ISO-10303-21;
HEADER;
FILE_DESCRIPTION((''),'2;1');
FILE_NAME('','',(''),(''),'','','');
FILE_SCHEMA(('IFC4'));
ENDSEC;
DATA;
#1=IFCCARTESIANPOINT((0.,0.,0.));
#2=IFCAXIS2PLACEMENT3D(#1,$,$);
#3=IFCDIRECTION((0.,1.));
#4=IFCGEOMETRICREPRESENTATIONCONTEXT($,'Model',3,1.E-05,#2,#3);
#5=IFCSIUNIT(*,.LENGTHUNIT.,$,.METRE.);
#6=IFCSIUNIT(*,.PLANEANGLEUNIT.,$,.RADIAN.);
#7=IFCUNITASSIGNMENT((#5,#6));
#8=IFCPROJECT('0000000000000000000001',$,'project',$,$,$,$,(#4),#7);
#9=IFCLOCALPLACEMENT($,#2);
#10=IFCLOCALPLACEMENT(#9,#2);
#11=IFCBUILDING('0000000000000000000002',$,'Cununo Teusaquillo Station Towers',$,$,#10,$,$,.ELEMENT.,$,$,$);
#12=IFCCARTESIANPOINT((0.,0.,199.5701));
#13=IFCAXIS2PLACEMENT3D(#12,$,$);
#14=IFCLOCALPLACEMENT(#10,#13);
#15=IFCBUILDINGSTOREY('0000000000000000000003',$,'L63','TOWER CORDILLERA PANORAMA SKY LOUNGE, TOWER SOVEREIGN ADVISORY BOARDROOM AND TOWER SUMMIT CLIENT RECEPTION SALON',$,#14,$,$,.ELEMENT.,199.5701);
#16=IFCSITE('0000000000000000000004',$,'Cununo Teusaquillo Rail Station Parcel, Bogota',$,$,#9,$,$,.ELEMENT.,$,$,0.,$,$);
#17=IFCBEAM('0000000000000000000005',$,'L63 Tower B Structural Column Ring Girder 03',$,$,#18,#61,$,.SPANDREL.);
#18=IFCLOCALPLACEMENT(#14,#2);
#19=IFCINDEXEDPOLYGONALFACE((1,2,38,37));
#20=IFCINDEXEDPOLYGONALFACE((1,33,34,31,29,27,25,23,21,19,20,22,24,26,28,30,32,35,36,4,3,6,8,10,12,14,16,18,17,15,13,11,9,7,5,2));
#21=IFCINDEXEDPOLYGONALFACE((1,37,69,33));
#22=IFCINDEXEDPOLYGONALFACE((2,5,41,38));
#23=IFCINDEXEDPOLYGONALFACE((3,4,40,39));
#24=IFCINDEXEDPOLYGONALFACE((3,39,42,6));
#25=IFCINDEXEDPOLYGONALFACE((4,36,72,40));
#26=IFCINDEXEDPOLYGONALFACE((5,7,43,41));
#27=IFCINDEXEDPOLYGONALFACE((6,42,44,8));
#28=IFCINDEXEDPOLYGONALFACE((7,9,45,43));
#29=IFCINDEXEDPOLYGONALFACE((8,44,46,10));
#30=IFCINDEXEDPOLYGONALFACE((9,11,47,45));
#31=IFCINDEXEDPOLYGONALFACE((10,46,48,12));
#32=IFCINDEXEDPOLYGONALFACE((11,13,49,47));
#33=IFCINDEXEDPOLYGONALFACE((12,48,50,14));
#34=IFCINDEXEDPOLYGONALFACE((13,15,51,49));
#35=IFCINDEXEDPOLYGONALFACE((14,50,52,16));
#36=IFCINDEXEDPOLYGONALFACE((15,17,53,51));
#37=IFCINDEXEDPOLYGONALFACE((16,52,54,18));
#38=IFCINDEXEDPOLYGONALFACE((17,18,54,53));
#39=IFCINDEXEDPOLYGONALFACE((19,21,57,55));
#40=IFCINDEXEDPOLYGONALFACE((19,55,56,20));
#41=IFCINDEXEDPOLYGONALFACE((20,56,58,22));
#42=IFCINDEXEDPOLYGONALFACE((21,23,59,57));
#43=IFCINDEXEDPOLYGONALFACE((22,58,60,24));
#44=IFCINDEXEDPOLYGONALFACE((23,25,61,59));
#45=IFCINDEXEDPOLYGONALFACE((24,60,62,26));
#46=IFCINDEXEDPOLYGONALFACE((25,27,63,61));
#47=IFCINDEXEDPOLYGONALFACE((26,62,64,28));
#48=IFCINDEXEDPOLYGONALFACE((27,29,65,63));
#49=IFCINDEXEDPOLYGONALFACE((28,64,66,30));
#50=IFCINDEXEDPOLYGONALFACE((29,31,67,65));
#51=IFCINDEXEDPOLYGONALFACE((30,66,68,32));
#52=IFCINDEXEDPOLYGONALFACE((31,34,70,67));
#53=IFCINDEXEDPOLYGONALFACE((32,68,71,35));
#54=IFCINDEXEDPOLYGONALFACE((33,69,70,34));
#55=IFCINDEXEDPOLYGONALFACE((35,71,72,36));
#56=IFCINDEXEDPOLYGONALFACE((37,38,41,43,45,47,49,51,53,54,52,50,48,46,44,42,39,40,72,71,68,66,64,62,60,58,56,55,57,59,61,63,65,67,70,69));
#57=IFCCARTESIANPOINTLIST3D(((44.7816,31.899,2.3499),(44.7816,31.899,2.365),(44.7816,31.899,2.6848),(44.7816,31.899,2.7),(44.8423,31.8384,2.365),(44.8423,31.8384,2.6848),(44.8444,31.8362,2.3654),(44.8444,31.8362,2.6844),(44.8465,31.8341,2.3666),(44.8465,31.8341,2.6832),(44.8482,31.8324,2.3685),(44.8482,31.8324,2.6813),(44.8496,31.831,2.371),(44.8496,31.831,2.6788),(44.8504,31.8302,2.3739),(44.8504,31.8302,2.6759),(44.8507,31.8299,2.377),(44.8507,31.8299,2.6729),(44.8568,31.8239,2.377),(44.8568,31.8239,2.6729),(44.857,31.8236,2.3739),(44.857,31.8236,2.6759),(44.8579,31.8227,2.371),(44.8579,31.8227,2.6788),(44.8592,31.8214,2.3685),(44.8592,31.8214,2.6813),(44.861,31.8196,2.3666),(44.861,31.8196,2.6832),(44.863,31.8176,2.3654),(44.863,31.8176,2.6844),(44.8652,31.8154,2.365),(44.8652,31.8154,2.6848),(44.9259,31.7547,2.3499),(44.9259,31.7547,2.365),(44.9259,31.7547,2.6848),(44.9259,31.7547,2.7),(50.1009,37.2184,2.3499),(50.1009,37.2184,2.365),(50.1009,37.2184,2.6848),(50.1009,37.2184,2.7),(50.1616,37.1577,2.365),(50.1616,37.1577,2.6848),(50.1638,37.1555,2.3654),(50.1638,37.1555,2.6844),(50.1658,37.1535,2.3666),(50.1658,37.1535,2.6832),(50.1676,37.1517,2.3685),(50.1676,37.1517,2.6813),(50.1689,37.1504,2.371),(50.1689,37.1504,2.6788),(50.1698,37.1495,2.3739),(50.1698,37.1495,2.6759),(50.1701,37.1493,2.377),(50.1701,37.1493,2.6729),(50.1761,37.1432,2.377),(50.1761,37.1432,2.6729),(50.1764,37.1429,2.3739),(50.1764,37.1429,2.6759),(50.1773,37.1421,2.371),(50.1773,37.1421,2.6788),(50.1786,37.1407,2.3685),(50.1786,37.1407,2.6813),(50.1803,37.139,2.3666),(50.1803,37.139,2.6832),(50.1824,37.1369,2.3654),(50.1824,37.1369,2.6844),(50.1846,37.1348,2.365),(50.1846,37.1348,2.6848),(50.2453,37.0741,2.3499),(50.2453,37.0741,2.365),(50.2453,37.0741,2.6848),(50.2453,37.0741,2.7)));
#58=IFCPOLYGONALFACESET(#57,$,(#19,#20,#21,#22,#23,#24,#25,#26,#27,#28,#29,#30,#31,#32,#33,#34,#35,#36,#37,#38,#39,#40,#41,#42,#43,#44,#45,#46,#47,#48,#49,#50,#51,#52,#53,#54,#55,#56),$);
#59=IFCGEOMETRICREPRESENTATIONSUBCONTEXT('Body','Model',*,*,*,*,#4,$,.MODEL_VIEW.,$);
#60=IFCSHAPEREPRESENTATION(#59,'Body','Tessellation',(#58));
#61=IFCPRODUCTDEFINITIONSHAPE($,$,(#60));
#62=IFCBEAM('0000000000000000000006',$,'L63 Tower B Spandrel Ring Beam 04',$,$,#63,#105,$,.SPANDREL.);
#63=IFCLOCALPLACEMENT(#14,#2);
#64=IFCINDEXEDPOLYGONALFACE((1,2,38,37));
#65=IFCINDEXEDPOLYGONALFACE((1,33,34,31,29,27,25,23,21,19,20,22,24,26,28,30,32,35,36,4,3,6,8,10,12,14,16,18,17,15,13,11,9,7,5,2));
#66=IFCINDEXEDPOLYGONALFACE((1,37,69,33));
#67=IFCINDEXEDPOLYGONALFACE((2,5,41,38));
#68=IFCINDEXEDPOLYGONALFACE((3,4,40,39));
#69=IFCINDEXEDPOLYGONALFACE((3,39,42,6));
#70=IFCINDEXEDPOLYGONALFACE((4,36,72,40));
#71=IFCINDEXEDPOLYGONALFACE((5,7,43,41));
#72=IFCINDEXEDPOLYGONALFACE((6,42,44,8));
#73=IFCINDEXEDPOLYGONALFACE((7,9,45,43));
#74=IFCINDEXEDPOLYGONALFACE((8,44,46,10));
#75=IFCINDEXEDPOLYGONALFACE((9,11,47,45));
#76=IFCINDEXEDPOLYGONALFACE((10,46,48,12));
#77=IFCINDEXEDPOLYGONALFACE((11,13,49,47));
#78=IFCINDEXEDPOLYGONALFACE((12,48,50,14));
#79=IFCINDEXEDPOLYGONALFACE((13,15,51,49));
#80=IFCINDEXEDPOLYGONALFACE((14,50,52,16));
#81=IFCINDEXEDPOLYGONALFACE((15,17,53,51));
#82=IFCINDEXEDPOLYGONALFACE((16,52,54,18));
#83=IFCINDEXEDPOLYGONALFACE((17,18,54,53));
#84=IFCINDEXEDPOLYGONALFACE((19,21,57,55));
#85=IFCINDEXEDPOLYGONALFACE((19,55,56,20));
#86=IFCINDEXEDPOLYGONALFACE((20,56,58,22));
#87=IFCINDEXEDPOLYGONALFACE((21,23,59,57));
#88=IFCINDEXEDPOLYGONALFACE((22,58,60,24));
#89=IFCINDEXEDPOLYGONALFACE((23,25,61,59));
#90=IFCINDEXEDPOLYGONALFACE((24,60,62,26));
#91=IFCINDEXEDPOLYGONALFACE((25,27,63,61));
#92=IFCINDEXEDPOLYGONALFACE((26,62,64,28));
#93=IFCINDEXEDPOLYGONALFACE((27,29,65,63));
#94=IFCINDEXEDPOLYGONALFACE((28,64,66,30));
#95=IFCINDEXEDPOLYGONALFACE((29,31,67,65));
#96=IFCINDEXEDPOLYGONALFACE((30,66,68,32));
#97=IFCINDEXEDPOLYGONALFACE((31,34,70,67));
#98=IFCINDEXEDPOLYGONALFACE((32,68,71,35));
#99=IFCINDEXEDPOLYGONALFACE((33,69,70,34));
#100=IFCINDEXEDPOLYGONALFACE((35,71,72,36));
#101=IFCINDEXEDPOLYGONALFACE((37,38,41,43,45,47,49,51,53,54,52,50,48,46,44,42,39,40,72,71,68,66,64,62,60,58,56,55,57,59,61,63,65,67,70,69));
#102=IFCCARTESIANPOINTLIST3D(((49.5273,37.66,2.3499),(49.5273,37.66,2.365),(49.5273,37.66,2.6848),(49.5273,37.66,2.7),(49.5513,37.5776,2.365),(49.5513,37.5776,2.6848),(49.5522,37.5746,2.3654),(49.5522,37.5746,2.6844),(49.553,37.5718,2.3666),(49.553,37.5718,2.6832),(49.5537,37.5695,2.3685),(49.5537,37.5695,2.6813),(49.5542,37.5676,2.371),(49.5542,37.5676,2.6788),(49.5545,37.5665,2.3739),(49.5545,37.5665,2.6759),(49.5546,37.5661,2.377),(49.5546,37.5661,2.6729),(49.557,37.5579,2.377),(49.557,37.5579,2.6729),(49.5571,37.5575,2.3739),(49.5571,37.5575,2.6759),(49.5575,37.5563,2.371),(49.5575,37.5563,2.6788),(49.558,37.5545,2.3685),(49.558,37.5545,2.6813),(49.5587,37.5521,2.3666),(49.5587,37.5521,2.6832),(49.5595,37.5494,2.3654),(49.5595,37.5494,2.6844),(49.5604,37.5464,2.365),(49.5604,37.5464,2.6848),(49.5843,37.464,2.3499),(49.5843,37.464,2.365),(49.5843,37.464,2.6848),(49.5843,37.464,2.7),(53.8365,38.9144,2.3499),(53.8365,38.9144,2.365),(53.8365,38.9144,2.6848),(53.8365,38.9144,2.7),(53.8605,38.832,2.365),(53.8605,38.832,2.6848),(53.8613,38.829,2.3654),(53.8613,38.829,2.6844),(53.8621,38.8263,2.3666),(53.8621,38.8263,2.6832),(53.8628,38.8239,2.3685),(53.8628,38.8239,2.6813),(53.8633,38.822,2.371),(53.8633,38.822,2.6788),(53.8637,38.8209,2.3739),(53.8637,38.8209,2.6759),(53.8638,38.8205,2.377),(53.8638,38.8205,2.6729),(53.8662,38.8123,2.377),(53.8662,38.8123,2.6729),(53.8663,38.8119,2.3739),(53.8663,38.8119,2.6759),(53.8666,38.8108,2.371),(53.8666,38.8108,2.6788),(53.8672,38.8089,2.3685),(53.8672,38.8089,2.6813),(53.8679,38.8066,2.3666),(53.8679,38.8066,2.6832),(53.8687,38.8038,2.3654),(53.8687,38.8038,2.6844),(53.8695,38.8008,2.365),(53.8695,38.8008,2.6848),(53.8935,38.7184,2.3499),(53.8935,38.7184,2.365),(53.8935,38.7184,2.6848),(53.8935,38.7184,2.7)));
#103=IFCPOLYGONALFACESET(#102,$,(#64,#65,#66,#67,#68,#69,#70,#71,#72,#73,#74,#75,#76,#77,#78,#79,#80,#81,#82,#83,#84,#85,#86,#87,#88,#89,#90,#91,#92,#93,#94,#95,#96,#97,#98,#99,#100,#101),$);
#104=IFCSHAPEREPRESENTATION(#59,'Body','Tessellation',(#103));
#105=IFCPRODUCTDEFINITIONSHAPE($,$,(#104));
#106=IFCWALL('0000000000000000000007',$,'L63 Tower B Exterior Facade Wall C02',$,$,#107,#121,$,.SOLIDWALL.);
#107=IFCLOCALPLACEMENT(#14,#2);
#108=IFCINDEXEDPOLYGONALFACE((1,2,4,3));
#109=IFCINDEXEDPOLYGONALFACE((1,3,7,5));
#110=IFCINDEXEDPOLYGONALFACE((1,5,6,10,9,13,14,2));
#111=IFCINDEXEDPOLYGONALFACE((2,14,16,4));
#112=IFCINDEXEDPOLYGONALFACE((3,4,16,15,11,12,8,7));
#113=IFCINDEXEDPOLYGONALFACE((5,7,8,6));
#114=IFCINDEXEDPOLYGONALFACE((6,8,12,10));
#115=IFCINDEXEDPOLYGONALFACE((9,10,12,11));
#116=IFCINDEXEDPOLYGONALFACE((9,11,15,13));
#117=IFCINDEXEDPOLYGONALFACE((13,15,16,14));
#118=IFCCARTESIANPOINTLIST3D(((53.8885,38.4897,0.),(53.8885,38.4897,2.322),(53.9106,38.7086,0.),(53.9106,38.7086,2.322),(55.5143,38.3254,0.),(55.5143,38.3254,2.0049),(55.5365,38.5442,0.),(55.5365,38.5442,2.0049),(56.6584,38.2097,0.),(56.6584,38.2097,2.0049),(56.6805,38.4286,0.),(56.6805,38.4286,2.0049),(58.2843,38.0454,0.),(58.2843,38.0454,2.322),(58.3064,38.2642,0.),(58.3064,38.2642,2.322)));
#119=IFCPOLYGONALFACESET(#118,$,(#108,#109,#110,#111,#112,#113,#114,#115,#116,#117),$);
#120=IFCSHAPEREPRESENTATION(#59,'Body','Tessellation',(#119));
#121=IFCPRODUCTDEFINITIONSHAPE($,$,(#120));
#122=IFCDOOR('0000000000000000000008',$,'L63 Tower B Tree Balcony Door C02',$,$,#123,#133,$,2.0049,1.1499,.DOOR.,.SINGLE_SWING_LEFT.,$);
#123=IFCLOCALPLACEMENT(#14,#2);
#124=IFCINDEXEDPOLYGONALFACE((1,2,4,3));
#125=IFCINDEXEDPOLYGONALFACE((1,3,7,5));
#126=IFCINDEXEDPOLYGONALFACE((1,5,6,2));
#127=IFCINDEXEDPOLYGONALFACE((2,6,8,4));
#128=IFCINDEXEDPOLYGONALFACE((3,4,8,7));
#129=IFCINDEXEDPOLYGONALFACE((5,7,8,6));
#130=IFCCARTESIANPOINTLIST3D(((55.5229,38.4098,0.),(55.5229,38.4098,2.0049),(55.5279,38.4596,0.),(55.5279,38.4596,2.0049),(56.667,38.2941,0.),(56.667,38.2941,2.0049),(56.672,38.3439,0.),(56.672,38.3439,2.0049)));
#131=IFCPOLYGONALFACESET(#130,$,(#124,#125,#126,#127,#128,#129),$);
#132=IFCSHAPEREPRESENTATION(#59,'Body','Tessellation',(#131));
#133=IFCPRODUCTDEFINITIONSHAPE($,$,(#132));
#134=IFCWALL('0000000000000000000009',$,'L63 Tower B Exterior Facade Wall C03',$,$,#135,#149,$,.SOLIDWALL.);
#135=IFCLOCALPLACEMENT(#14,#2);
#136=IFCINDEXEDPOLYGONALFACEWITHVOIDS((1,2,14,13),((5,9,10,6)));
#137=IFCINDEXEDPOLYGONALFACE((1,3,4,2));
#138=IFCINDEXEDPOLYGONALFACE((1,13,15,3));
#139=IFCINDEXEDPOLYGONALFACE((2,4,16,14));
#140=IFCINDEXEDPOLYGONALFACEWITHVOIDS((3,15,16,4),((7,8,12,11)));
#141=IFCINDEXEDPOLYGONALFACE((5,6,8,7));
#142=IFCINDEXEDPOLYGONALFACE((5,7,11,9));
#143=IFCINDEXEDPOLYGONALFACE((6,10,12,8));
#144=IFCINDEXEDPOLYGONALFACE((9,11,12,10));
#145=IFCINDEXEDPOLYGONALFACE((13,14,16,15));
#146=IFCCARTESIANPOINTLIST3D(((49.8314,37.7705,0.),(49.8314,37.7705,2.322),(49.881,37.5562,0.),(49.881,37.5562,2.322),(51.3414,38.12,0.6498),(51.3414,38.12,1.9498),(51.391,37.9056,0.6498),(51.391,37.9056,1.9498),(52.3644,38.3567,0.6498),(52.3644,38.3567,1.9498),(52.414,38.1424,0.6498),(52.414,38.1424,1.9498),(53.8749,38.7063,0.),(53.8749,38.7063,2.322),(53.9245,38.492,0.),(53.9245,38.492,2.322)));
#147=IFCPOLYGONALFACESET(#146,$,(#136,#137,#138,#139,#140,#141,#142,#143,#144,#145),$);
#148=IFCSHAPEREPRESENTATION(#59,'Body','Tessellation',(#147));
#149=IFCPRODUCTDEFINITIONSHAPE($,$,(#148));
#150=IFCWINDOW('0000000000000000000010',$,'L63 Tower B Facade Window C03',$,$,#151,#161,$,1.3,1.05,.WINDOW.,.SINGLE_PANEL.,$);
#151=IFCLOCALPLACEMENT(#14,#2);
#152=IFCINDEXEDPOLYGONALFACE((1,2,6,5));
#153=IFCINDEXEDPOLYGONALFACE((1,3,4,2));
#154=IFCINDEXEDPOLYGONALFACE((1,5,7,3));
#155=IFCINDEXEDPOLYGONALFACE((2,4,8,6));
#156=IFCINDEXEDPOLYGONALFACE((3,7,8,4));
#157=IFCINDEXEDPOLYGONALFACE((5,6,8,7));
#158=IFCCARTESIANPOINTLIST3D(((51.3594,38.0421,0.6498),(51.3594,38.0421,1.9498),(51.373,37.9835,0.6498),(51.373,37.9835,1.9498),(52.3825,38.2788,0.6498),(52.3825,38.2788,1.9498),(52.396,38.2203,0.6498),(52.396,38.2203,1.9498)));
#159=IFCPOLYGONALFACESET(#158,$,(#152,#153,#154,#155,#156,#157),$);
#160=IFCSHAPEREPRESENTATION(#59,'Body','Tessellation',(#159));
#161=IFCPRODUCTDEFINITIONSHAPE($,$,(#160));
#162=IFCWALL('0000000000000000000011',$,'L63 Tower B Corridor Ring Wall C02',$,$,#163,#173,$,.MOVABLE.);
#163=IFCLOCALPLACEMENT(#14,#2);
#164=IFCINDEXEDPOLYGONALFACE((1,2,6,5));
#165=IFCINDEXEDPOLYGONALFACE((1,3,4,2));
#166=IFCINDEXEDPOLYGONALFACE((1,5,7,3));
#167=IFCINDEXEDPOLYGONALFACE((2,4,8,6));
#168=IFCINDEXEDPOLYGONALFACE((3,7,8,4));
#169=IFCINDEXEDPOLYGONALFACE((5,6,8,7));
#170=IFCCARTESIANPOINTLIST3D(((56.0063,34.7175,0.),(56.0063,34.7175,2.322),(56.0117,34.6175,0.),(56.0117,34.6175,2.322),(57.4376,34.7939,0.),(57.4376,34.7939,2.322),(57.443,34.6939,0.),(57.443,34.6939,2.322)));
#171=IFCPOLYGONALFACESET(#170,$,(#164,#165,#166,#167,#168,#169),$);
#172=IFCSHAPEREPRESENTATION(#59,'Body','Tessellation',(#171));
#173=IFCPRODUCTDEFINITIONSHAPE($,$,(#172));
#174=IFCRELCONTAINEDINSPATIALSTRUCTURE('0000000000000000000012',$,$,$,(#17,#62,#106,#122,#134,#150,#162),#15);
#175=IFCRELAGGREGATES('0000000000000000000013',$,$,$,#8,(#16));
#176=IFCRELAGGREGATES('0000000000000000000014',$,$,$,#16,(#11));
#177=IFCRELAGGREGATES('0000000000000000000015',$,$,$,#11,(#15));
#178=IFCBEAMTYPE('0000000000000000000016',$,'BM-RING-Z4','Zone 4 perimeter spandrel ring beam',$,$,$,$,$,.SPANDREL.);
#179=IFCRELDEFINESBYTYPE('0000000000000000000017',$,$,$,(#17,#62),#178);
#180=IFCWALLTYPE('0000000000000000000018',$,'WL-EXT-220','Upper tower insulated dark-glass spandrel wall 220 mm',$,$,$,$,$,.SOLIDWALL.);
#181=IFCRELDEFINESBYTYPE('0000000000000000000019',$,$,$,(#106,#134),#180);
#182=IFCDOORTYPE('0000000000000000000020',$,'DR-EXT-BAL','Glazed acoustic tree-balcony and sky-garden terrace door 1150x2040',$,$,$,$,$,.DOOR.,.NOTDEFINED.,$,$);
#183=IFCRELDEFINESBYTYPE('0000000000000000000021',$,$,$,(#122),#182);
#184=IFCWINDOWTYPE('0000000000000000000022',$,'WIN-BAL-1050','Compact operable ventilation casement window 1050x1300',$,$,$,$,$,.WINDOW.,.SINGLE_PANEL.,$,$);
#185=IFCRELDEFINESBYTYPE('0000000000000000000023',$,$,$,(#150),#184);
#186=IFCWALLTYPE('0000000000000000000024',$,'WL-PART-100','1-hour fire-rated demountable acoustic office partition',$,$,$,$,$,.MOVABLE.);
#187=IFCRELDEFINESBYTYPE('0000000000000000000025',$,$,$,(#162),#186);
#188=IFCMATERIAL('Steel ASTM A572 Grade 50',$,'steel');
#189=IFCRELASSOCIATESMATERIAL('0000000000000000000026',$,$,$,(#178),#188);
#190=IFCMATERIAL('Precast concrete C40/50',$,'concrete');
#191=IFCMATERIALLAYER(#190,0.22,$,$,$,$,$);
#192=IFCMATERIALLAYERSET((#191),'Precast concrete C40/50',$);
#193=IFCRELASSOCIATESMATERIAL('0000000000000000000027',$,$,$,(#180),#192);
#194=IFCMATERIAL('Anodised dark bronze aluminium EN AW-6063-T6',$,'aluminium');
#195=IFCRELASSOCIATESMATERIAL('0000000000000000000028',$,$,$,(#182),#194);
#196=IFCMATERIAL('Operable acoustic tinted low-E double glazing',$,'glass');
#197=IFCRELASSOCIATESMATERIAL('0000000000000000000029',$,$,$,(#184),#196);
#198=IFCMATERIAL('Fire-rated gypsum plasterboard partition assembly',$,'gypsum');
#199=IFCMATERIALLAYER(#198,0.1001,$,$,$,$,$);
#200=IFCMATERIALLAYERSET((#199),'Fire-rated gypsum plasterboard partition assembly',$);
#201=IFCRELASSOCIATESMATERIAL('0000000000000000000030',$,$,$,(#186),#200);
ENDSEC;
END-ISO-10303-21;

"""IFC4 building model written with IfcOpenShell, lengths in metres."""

from ifc_helpers import new_model, si_unit, direction, frame, frame_2d, origin, origin_2d, place, context, subcontext, project, spatial, rectangle, i_section, extrude, source, transform, mapped, material, layer, layer_set, material_profile, profile_set, type_object, element, fill, save


model = new_model("IFC4")

# Units and contexts
model_context = context("Model", 3, precision=1e-05, world=origin(), true_north=direction((0.0, 1.0)))
body_context = subcontext(model_context, "Body", "Model", "MODEL_VIEW")
ifc_project = project(units=[si_unit("LENGTHUNIT", "METRE"), si_unit("PLANEANGLEUNIT", "RADIAN")], contexts=[model_context])

# Site, building, storey
site_placement = place(None, origin())
site = spatial("IfcSite", under=ifc_project, at=site_placement, Name="Cununo Teusaquillo Rail Station Parcel, Bogota", CompositionType="ELEMENT", RefElevation=0.0)
building_placement = place(site_placement, origin())
building = spatial("IfcBuilding", under=site, at=building_placement, Name="Cununo Teusaquillo Station Towers", CompositionType="ELEMENT")
storey_placement = place(building_placement, frame((0.0, 0.0, 199.5701)))
storey = spatial("IfcBuildingStorey", under=building, at=storey_placement, Name="L63", Description="TOWER CORDILLERA PANORAMA SKY LOUNGE, TOWER SOVEREIGN ADVISORY BOARDROOM AND TOWER SUMMIT CLIENT RECEPTION SALON", CompositionType="ELEMENT", Elevation=199.5701)

# Beams
ifc_material_1 = material(Name="Steel ASTM A572 Grade 50", Category="steel")
ifc_material_profile_1 = material_profile(ifc_material_1, i_section(OverallWidth=0.2041, OverallDepth=0.3501, WebThickness=0.0085, FlangeThickness=0.0151, FilletRadius=0.012, at=origin_2d()), Name="W14X48")
ifc_profile_set_1 = profile_set([ifc_material_profile_1], Name="Steel ASTM A572 Grade 50")
beam_type_1 = type_object("IfcBeamType", Name="BM-RING-Z4", Description="Zone 4 perimeter spandrel ring beam", PredefinedType="SPANDREL", material=ifc_profile_set_1)
beam_1_placement = place(storey_placement, frame((50.1731, 37.1462, 2.5249), z_axis=(-0.707107, -0.707107, 0.0), x_axis=(0.707107, -0.707107, 0.0)))
element("IfcBeam", 1, at=beam_1_placement, inside=storey, type_object=beam_type_1, Name="L63 Tower B Structural Column Ring Girder 03", PredefinedType="SPANDREL", context=body_context, shape_type="SweptSolid", body=[
    extrude(i_section(OverallWidth=0.2041, OverallDepth=0.3501, WebThickness=0.0085, FlangeThickness=0.0151, FilletRadius=0.012, at=origin_2d()), origin(), (0.0, 0.0, 1.0), 7.5227),
])
beam_2_placement = place(storey_placement, frame((53.865, 38.8164, 2.5249), z_axis=(-0.960145, -0.279503, 0.0), x_axis=(0.279503, -0.960145, 0.0)))
element("IfcBeam", 2, at=beam_2_placement, inside=storey, type_object=beam_type_1, Name="L63 Tower B Spandrel Ring Beam 04", PredefinedType="SPANDREL", context=body_context, shape_type="SweptSolid", body=[
    extrude(i_section(OverallWidth=0.2041, OverallDepth=0.3501, WebThickness=0.0085, FlangeThickness=0.0151, FilletRadius=0.012, at=origin_2d()), origin(), (0.0, 0.0, 1.0), 4.488),
])

# Wall, opening, door
ifc_material_2 = material(Name="Precast concrete C40/50", Category="concrete")
ifc_layer_1 = layer(ifc_material_2, 0.22)
ifc_layer_set_1 = layer_set([ifc_layer_1], Name="Precast concrete C40/50")
wall_type_1 = type_object("IfcWallType", Name="WL-EXT-220", Description="Upper tower insulated dark-glass spandrel wall 220 mm", PredefinedType="SOLIDWALL", material=ifc_layer_set_1)
wall_1_placement = place(storey_placement, frame((53.8997, 38.5991, 0.0), z_axis=(0.0, 0.0, 1.0), x_axis=(0.99493, -0.100571, 0.0)))
wall_1 = element("IfcWall", 3, at=wall_1_placement, inside=storey, type_object=wall_type_1, Name="L63 Tower B Exterior Facade Wall C02", PredefinedType="SOLIDWALL", context=body_context, shape_type="SweptSolid", body=[
    extrude(rectangle(XDim=4.4182, YDim=0.22, at=frame_2d((2.209, 0.0))), origin(), (0.0, 0.0, 1.0), 2.322),
])
shared_shape_1 = source(origin(), body_context, "Body", "SweptSolid", [
    extrude(rectangle(XDim=1.1499, YDim=2.0049, at=frame_2d((0.575, 1.0024))), frame((0.0, 0.1199, 0.0), z_axis=(0.0, -1.0, 0.0), x_axis=(1.0, 0.0, 0.0)), (0.0, 0.0, 1.0), 0.24),
])
opening_1_placement = place(wall_1_placement, frame((1.634, 0.0, 0.0)))
opening_1 = element("IfcOpeningElement", 4, at=opening_1_placement, cuts=wall_1, PredefinedType="OPENING", context=body_context, shape_type="MappedRepresentation", body=[
    mapped(shared_shape_1, transform((0.0, 0.0, 0.0), x_axis=(1.0, 0.0, 0.0), y_axis=(0.0, 1.0, 0.0), z_axis=(0.0, 0.0, 1.0), scale=1.0)),
])
ifc_material_3 = material(Name="Anodised dark bronze aluminium EN AW-6063-T6", Category="aluminium")
door_type_1 = type_object("IfcDoorType", Name="DR-EXT-BAL", Description="Glazed acoustic tree-balcony and sky-garden terrace door 1150x2040", OperationType="NOTDEFINED", PredefinedType="DOOR", material=ifc_material_3)
shared_shape_2 = source(origin(), body_context, "Body", "SweptSolid", [
    extrude(rectangle(XDim=1.1499, YDim=2.0049, at=frame_2d((0.575, 1.0024))), frame((0.0, 0.0249, 0.0), z_axis=(0.0, -1.0, 0.0), x_axis=(1.0, 0.0, 0.0)), (0.0, 0.0, 1.0), 0.05),
])
door_1_placement = place(opening_1_placement, origin())
door_1 = element("IfcDoor", 5, at=door_1_placement, inside=storey, type_object=door_type_1, Name="L63 Tower B Tree Balcony Door C02", OperationType="SINGLE_SWING_LEFT", OverallHeight=2.0049, OverallWidth=1.1499, PredefinedType="DOOR", context=body_context, shape_type="MappedRepresentation", body=[
    mapped(shared_shape_2, transform((0.0, 0.0, 0.0), x_axis=(1.0, 0.0, 0.0), y_axis=(0.0, 1.0, 0.0), z_axis=(0.0, 0.0, 1.0), scale=1.0)),
])
fill(opening_1, door_1)

# Wall, opening, window
wall_2_placement = place(storey_placement, frame((49.8562, 37.6633, 0.0), z_axis=(0.0, 0.0, 1.0), x_axis=(0.974249, 0.225474, 0.0)))
wall_2 = element("IfcWall", 6, at=wall_2_placement, inside=storey, type_object=wall_type_1, Name="L63 Tower B Exterior Facade Wall C03", PredefinedType="SOLIDWALL", context=body_context, shape_type="SweptSolid", body=[
    extrude(rectangle(XDim=4.1504, YDim=0.22, at=frame_2d((2.0752, 0.0))), origin(), (0.0, 0.0, 1.0), 2.322),
])
shared_shape_3 = source(origin(), body_context, "Body", "SweptSolid", [
    extrude(rectangle(XDim=1.05, YDim=1.3, at=frame_2d((0.5249, 0.6499))), frame((0.0, 0.1199, 0.0), z_axis=(0.0, -1.0, 0.0), x_axis=(1.0, 0.0, 0.0)), (0.0, 0.0, 1.0), 0.24),
])
opening_2_placement = place(wall_2_placement, frame((1.55, 0.0, 0.6499)))
opening_2 = element("IfcOpeningElement", 7, at=opening_2_placement, cuts=wall_2, PredefinedType="OPENING", context=body_context, shape_type="MappedRepresentation", body=[
    mapped(shared_shape_3, transform((0.0, 0.0, 0.0), x_axis=(1.0, 0.0, 0.0), y_axis=(0.0, 1.0, 0.0), z_axis=(0.0, 0.0, 1.0), scale=1.0)),
])
ifc_material_4 = material(Name="Operable acoustic tinted low-E double glazing", Category="glass")
window_type = type_object("IfcWindowType", Name="WIN-BAL-1050", Description="Compact operable ventilation casement window 1050x1300", PartitioningType="SINGLE_PANEL", PredefinedType="WINDOW", material=ifc_material_4)
shared_shape_4 = source(origin(), body_context, "Body", "SweptSolid", [
    extrude(rectangle(XDim=1.05, YDim=1.3, at=frame_2d((0.5249, 0.6499))), frame((0.0, 0.03, 0.0), z_axis=(0.0, -1.0, 0.0), x_axis=(1.0, 0.0, 0.0)), (0.0, 0.0, 1.0), 0.0601),
])
window_placement = place(opening_2_placement, origin())
window = element("IfcWindow", 8, at=window_placement, inside=storey, type_object=window_type, Name="L63 Tower B Facade Window C03", OverallHeight=1.3, OverallWidth=1.05, PartitioningType="SINGLE_PANEL", PredefinedType="WINDOW", context=body_context, shape_type="MappedRepresentation", body=[
    mapped(shared_shape_4, transform((0.0, 0.0, 0.0), x_axis=(1.0, 0.0, 0.0), y_axis=(0.0, 1.0, 0.0), z_axis=(0.0, 0.0, 1.0), scale=1.0)),
])
fill(opening_2, window)

# Wall
ifc_material_5 = material(Name="Fire-rated gypsum plasterboard partition assembly", Category="gypsum")
ifc_layer_2 = layer(ifc_material_5, 0.1001)
ifc_layer_set_2 = layer_set([ifc_layer_2], Name="Fire-rated gypsum plasterboard partition assembly")
wall_type_2 = type_object("IfcWallType", Name="WL-PART-100", Description="1-hour fire-rated demountable acoustic office partition", PredefinedType="MOVABLE", material=ifc_layer_set_2)
wall_3_placement = place(storey_placement, frame((57.4404, 34.7439, 0.0), z_axis=(0.0, 0.0, 1.0), x_axis=(-0.998578, -0.05331, 0.0)))
element("IfcWall", 9, at=wall_3_placement, inside=storey, type_object=wall_type_2, Name="L63 Tower B Corridor Ring Wall C02", PredefinedType="MOVABLE", context=body_context, shape_type="SweptSolid", body=[
    extrude(rectangle(XDim=1.4333, YDim=0.1001, at=frame_2d((0.7168, 0.0))), origin(), (0.0, 0.0, 1.0), 2.322),
])

save(model, "model.ifc")
